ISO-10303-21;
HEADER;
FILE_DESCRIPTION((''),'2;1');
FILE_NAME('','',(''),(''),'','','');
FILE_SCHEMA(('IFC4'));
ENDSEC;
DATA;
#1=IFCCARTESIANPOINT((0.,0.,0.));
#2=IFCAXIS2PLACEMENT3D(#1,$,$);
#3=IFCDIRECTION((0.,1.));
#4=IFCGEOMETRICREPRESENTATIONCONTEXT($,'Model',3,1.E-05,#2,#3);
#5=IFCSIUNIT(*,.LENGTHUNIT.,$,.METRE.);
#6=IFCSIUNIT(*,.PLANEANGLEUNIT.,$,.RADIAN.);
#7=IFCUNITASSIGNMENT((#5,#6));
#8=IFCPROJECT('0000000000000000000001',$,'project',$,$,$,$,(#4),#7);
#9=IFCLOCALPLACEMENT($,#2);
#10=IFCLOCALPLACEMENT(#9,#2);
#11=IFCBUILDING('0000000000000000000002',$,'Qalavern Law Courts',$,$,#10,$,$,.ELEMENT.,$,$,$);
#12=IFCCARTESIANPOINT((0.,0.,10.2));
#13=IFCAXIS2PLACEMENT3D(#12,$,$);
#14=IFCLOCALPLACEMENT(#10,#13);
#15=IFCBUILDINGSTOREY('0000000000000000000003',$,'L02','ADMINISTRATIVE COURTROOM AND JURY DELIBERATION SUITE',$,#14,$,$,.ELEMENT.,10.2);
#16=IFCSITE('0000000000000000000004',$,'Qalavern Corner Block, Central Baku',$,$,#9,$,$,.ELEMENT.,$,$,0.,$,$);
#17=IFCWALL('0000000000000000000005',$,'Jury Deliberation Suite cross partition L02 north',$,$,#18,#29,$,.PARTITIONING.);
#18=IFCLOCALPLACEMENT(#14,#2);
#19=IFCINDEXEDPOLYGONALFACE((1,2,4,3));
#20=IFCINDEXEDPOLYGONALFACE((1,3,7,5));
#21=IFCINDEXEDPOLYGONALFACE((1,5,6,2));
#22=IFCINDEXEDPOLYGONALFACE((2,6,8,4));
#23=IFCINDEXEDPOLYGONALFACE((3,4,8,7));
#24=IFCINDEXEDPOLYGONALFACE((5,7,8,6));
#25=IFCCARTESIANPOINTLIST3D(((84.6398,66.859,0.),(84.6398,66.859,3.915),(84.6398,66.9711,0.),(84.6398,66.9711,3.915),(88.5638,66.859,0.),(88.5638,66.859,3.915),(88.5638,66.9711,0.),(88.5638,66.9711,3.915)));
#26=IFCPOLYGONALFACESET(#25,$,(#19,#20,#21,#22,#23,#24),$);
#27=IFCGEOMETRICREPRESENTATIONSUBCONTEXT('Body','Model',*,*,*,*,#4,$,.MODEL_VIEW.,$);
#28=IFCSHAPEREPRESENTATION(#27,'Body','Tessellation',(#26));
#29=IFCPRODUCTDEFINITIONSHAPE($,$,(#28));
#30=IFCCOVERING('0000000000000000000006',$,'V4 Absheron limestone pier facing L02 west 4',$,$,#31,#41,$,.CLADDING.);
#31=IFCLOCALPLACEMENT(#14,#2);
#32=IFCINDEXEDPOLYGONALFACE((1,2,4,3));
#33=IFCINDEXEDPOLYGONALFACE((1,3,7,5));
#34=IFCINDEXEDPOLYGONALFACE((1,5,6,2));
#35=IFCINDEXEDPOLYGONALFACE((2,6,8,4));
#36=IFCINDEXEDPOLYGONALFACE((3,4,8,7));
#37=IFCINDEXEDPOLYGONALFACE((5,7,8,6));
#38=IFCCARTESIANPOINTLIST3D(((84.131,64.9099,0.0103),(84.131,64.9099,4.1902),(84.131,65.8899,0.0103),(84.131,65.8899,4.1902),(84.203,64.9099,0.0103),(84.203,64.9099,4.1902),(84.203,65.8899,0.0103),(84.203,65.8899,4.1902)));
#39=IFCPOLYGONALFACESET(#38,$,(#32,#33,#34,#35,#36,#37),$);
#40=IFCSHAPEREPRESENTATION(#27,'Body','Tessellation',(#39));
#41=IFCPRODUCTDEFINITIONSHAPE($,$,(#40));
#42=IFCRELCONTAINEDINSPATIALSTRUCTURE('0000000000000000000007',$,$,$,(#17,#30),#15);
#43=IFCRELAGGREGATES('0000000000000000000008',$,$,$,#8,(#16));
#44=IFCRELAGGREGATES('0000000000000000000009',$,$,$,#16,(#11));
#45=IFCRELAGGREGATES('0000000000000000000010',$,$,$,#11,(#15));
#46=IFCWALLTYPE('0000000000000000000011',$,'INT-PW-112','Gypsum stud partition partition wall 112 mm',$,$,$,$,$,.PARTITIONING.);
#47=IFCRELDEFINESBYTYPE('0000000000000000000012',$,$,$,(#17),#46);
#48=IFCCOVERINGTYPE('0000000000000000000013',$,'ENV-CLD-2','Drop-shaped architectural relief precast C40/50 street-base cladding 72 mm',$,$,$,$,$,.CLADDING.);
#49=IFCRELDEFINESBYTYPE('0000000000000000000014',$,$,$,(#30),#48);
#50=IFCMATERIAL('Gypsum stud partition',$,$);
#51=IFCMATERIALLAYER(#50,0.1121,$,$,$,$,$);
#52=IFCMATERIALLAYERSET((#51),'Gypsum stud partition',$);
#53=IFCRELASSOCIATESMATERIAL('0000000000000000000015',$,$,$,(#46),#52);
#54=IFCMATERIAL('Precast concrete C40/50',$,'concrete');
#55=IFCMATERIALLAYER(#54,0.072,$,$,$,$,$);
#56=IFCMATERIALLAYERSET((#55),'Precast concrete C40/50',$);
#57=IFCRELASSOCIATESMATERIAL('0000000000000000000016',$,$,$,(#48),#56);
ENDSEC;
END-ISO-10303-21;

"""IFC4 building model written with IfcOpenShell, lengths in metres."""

from ifc_helpers import new_model, si_unit, direction, frame, frame_2d, origin, origin_2d, place, context, subcontext, project, spatial, rectangle, extrude, material, layer, layer_set, type_object, element, save


model = new_model("IFC4")

# Units and contexts
model_context = context("Model", 3, precision=1e-05, world=origin(), true_north=direction((0.0, 1.0)))
body_context = subcontext(model_context, "Body", "Model", "MODEL_VIEW")
ifc_project = project(units=[si_unit("LENGTHUNIT", "METRE"), si_unit("PLANEANGLEUNIT", "RADIAN")], contexts=[model_context])

# Site, building, storey
site_placement = place(None, origin())
site = spatial("IfcSite", under=ifc_project, at=site_placement, Name="Qalavern Corner Block, Central Baku", CompositionType="ELEMENT", RefElevation=0.0)
building_placement = place(site_placement, origin())
building = spatial("IfcBuilding", under=site, at=building_placement, Name="Qalavern Law Courts", CompositionType="ELEMENT")
storey_placement = place(building_placement, frame((0.0, 0.0, 10.2)))
storey = spatial("IfcBuildingStorey", under=building, at=storey_placement, Name="L02", Description="ADMINISTRATIVE COURTROOM AND JURY DELIBERATION SUITE", CompositionType="ELEMENT", Elevation=10.2)

# Wall
ifc_material_1 = material(Name="Gypsum stud partition")
ifc_layer_1 = layer(ifc_material_1, 0.1121)
ifc_layer_set_1 = layer_set([ifc_layer_1], Name="Gypsum stud partition")
wall_type_1 = type_object("IfcWallType", Name="INT-PW-112", Description="Gypsum stud partition partition wall 112 mm", PredefinedType="PARTITIONING", material=ifc_layer_set_1)
wall_1_placement = place(storey_placement, frame((84.6399, 66.915, 0.0), z_axis=(0.0, 0.0, 1.0), x_axis=(1.0, 0.0, 0.0)))
element("IfcWall", 1, at=wall_1_placement, inside=storey, type_object=wall_type_1, Name="Jury Deliberation Suite cross partition L02 north", PredefinedType="PARTITIONING", context=body_context, shape_type="SweptSolid", body=[
    extrude(rectangle(XDim=3.9241, YDim=0.1121, at=frame_2d((1.9619, 0.0))), origin(), (0.0, 0.0, 1.0), 3.915),
])

# Covering
ifc_material_2 = material(Name="Precast concrete C40/50", Category="concrete")
ifc_layer_2 = layer(ifc_material_2, 0.072)
ifc_layer_set_2 = layer_set([ifc_layer_2], Name="Precast concrete C40/50")
covering_type = type_object("IfcCoveringType", Name="ENV-CLD-2", Description="Drop-shaped architectural relief precast C40/50 street-base cladding 72 mm", PredefinedType="CLADDING", material=ifc_layer_set_2)
covering_placement = place(storey_placement, frame((84.167, 65.3999, 0.0103), z_axis=(0.0, 0.0, 1.0), x_axis=(0.0, -1.0, 0.0)))
element("IfcCovering", 2, at=covering_placement, inside=storey, type_object=covering_type, Name="V4 Absheron limestone pier facing L02 west 4", PredefinedType="CLADDING", context=body_context, shape_type="SweptSolid", body=[
    extrude(rectangle(XDim=0.98, YDim=0.072, at=origin_2d()), origin(), (0.0, 0.0, 1.0), 4.1799),
])

save(model, "model.ifc")
